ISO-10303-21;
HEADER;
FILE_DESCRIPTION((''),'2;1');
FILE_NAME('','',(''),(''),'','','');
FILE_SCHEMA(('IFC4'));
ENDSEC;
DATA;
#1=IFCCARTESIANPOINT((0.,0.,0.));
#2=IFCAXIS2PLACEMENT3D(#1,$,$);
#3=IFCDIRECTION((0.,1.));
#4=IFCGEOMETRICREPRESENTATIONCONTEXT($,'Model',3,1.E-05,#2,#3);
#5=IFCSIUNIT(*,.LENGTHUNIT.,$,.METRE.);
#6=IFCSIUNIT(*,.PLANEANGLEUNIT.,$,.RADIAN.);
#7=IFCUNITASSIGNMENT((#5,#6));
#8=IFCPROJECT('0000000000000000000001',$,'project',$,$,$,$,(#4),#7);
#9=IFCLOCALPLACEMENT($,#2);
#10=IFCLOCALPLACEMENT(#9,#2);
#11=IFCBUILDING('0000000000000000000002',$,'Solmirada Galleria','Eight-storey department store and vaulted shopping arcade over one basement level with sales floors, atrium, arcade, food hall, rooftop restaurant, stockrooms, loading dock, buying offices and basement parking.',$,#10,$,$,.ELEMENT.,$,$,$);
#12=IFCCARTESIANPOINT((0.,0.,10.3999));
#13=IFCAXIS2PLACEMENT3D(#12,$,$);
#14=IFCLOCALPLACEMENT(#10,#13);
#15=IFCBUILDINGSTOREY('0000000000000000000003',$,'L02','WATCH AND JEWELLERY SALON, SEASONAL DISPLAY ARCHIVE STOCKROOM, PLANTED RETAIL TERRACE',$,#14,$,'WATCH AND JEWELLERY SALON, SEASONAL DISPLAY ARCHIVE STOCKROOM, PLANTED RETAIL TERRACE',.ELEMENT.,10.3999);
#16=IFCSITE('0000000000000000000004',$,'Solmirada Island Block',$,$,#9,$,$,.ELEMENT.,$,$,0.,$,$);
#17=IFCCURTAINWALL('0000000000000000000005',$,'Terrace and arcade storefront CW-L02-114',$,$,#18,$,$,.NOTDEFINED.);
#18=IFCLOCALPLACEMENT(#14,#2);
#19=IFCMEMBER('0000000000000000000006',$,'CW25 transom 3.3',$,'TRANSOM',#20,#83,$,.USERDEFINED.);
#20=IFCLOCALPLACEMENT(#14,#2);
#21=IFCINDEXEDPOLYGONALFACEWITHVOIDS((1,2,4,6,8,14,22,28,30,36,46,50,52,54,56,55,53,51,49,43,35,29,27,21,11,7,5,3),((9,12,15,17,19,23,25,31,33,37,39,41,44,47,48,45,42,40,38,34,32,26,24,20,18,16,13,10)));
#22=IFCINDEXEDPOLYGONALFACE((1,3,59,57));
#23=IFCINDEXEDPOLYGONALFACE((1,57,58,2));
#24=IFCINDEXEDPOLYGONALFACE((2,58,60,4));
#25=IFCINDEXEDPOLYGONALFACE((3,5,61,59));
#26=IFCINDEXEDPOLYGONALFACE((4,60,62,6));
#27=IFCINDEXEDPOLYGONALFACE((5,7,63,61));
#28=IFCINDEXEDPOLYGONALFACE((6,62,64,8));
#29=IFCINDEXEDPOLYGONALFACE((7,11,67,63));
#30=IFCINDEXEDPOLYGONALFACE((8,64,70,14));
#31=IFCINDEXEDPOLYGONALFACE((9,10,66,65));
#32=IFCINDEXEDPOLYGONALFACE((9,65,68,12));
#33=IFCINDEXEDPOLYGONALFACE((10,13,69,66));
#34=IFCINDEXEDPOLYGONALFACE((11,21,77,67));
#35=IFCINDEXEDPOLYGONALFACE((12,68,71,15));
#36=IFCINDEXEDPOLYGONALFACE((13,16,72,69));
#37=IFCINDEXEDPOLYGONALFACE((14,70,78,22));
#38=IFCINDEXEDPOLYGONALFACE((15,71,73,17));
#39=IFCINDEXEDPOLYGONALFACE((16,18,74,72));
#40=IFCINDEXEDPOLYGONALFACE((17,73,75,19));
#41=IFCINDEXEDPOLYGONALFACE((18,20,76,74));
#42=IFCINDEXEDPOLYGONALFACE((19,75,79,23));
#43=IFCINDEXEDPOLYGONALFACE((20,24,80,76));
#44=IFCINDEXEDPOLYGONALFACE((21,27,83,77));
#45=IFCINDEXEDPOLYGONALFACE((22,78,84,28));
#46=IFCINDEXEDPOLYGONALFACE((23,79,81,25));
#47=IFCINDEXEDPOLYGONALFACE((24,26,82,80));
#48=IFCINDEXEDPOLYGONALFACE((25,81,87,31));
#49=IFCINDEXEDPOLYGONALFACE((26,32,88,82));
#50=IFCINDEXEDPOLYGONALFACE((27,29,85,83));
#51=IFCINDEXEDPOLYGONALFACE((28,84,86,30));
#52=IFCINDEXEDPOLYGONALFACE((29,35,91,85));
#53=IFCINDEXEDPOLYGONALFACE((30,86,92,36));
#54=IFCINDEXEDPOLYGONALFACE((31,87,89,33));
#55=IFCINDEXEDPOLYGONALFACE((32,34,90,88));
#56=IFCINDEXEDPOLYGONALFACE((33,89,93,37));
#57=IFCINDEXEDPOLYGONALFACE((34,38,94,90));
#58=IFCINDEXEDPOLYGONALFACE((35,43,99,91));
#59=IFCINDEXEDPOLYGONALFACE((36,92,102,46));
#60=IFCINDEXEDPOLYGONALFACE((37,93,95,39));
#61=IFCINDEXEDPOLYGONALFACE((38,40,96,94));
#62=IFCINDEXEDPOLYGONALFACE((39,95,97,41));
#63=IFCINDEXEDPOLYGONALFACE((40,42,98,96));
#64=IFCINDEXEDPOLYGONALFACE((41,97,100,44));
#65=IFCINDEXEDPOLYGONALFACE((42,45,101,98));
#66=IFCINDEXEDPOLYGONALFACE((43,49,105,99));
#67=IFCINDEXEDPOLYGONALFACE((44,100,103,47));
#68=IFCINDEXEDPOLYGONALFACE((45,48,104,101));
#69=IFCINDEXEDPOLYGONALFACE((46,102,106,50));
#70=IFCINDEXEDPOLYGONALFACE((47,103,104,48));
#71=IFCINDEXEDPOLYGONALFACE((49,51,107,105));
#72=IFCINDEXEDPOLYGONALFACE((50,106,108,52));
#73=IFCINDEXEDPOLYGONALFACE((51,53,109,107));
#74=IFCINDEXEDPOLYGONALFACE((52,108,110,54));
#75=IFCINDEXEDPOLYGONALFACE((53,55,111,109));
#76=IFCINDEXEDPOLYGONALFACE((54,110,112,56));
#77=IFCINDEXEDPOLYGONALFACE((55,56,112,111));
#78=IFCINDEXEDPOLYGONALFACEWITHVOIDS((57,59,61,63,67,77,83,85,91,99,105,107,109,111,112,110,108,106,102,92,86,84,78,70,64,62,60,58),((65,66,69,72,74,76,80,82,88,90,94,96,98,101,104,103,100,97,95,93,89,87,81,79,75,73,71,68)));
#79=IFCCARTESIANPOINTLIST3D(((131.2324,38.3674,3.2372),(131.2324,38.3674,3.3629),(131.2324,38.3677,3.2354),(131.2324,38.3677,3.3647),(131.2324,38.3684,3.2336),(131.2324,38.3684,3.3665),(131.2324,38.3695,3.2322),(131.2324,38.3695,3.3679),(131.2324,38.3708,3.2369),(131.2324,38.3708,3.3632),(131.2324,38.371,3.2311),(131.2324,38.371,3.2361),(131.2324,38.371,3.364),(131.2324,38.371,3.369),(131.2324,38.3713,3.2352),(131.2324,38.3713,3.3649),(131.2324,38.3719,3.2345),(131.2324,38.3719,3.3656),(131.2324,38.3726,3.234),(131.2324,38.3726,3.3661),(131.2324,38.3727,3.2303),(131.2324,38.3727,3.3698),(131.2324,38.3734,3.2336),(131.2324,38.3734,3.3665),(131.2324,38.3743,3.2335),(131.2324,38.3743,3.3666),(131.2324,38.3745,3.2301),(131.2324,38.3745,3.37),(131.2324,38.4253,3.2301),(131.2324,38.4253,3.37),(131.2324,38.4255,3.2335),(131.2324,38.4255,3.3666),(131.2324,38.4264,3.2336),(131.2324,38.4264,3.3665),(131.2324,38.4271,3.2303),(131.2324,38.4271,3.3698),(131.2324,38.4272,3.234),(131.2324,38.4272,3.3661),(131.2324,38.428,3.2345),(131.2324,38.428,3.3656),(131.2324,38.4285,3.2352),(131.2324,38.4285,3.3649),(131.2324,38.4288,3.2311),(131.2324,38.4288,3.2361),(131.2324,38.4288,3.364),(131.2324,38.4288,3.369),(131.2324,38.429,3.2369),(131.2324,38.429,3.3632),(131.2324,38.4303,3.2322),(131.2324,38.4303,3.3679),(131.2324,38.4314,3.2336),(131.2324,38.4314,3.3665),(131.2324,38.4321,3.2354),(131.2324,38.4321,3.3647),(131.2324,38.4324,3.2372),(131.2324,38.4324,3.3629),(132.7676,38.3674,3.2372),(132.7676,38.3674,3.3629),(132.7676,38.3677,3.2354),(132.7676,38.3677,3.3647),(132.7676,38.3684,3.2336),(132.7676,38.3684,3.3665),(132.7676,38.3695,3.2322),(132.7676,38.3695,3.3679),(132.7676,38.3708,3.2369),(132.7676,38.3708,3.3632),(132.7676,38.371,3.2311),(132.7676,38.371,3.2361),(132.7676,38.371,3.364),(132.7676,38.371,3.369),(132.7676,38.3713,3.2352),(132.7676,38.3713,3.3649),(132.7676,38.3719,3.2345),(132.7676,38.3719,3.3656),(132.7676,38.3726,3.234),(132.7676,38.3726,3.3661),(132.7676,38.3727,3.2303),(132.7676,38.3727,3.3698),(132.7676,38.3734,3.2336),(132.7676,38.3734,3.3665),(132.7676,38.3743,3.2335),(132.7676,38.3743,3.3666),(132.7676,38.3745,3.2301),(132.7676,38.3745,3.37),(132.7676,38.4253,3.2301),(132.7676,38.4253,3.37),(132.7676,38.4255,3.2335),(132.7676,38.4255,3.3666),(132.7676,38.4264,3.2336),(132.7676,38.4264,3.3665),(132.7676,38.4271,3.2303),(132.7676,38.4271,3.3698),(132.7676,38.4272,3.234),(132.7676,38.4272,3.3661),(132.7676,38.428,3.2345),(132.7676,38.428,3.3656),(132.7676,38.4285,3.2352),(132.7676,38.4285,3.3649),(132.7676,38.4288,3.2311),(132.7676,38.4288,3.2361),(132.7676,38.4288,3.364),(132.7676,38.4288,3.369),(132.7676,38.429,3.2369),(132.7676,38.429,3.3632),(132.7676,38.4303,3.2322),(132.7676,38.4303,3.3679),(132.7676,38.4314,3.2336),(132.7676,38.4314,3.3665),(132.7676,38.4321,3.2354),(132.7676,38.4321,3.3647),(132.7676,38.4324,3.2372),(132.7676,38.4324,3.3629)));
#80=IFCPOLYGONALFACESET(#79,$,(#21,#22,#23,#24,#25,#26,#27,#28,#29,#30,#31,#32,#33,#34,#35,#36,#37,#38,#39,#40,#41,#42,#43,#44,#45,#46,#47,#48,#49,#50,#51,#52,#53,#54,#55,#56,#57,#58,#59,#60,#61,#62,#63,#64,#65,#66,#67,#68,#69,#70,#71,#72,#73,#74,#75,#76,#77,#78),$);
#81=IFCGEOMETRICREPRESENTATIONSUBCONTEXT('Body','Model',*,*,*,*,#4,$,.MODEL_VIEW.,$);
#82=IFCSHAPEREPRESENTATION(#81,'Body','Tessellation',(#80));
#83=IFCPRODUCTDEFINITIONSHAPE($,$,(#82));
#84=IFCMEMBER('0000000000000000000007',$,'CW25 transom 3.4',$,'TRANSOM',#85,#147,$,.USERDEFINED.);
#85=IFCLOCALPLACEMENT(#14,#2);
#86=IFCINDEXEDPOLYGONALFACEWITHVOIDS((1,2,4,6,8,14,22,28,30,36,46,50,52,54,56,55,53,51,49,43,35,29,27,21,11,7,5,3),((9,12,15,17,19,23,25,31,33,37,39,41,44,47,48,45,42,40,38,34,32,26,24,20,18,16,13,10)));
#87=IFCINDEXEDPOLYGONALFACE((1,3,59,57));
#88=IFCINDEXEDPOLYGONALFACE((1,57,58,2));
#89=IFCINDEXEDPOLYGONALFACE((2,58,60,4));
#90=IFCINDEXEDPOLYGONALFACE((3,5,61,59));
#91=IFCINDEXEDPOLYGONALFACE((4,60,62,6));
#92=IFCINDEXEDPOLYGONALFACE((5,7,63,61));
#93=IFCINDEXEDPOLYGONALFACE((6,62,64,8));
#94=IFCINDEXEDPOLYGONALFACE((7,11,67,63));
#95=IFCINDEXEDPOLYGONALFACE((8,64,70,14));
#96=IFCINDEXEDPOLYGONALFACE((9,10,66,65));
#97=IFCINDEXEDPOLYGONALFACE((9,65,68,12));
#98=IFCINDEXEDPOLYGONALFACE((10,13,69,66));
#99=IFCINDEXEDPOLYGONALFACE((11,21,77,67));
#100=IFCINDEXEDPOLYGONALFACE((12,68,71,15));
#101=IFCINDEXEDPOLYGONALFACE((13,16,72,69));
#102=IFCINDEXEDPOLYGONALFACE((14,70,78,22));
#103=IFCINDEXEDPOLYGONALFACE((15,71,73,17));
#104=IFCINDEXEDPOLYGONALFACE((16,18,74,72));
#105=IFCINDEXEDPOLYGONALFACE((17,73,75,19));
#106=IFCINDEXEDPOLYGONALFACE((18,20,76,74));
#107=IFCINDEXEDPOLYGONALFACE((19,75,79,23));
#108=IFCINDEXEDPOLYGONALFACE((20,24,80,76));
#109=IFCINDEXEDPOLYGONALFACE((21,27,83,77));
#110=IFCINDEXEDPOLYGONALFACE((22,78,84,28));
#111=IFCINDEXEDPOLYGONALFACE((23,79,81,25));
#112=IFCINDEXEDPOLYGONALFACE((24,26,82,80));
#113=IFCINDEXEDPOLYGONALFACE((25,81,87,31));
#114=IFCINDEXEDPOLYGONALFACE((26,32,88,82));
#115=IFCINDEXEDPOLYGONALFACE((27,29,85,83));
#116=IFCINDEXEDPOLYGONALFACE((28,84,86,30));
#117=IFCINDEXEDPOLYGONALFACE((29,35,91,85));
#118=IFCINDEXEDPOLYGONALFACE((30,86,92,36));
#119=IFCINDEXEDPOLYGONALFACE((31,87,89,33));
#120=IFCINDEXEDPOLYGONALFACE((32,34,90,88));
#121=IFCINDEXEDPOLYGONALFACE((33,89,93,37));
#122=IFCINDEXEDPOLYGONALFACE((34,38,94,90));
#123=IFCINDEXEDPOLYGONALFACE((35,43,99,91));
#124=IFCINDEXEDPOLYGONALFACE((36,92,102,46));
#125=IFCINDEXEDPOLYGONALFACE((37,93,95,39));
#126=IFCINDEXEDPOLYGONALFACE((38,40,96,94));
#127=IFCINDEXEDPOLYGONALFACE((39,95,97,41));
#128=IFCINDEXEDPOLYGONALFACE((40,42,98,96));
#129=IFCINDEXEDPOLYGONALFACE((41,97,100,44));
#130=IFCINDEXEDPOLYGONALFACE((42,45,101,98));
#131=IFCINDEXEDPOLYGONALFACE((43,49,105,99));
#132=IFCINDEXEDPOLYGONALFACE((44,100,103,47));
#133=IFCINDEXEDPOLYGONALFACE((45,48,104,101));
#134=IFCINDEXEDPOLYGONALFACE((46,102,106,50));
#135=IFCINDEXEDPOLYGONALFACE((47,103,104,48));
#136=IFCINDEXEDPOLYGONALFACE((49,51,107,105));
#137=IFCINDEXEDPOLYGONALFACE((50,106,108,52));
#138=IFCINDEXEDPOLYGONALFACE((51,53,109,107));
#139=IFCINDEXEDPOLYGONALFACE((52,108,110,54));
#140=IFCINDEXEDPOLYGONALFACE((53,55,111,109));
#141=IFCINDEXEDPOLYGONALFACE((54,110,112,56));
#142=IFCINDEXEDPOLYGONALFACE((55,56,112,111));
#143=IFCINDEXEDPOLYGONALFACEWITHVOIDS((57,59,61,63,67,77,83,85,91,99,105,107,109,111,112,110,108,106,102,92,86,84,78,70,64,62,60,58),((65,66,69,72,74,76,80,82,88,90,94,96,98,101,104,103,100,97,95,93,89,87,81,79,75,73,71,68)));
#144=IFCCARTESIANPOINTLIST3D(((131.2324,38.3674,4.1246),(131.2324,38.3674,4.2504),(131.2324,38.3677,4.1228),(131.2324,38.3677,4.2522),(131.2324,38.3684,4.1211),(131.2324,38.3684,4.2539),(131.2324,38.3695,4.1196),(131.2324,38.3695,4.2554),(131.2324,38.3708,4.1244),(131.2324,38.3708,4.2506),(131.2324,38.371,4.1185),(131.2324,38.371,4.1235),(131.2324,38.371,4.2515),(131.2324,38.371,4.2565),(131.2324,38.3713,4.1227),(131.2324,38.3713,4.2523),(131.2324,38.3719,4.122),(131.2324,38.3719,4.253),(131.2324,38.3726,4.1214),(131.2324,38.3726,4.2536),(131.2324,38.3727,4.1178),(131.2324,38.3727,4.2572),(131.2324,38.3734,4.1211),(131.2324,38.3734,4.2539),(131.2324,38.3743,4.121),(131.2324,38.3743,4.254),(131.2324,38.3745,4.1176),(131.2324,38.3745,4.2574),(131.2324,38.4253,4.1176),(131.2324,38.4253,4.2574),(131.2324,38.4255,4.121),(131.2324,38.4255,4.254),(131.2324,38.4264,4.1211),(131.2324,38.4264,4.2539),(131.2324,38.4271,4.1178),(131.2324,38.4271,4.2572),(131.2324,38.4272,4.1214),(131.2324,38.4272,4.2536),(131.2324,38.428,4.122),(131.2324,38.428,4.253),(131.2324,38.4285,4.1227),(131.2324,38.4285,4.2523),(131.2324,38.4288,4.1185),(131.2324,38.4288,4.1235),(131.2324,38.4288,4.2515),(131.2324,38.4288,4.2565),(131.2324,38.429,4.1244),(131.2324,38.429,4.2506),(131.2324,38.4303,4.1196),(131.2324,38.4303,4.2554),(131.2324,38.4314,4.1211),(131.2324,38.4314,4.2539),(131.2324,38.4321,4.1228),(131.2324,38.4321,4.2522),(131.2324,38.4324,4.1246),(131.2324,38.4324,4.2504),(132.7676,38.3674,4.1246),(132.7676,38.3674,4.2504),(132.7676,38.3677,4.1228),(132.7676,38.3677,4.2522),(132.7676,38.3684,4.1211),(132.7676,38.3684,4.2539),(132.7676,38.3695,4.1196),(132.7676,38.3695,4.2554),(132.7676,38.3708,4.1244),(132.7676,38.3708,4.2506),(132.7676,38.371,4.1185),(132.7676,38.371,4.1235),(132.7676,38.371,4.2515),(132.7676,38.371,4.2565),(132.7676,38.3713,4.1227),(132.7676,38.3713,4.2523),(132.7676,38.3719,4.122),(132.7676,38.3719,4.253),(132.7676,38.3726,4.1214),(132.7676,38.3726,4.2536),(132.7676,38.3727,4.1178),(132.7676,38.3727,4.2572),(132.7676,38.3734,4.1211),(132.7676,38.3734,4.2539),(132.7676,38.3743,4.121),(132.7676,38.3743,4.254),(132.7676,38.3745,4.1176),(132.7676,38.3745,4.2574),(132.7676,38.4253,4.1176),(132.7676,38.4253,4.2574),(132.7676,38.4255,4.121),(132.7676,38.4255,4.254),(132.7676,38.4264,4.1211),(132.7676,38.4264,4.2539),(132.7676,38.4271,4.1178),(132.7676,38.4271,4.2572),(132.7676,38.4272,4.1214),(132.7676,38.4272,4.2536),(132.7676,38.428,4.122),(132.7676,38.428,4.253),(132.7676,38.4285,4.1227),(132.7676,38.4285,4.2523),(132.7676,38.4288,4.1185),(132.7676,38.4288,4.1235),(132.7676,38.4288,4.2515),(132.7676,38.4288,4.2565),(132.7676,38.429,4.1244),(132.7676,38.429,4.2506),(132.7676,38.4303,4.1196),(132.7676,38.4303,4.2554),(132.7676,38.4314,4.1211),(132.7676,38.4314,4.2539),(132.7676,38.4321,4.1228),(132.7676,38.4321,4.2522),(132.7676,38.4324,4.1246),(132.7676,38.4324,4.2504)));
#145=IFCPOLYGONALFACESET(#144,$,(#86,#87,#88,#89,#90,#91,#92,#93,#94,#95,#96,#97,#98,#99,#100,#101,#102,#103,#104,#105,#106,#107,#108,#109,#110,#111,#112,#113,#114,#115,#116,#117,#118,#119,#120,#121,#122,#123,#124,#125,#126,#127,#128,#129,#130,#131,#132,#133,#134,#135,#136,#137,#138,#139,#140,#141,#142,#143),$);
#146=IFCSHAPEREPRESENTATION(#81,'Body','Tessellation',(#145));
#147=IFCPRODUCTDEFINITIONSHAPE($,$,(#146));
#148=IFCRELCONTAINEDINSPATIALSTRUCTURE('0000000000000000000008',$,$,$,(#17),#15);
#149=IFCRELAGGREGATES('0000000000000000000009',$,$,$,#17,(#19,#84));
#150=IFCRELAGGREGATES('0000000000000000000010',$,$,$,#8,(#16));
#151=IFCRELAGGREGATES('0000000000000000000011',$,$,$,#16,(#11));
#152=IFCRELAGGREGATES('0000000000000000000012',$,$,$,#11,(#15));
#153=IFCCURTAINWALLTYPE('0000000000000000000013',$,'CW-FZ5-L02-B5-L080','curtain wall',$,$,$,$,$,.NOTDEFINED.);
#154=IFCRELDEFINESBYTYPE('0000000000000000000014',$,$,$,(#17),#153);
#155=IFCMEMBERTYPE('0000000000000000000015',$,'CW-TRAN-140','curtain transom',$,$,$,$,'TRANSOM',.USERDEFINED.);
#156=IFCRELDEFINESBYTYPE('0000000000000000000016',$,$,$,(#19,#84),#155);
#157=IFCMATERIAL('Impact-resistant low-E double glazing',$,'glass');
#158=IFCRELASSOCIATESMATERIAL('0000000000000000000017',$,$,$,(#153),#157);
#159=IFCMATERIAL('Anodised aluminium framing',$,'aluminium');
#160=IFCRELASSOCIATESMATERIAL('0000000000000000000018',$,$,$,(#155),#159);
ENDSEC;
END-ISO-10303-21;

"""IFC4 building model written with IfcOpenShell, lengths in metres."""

from ifc_helpers import new_model, si_unit, direction, frame, origin, origin_2d, place, context, subcontext, project, spatial, hollow_rectangle, extrude, material, material_profile, profile_set, type_object, element, aggregate, save


model = new_model("IFC4")

# Units and contexts
model_context = context("Model", 3, precision=1e-05, world=origin(), true_north=direction((0.0, 1.0)))
body_context = subcontext(model_context, "Body", "Model", "MODEL_VIEW")
ifc_project = project(units=[si_unit("LENGTHUNIT", "METRE"), si_unit("PLANEANGLEUNIT", "RADIAN")], contexts=[model_context])

# Site, building, storey
site_placement = place(None, origin())
site = spatial("IfcSite", under=ifc_project, at=site_placement, Name="Solmirada Island Block", CompositionType="ELEMENT", RefElevation=0.0)
building_placement = place(site_placement, origin())
building = spatial("IfcBuilding", under=site, at=building_placement, Name="Solmirada Galleria", Description="Eight-storey department store and vaulted shopping arcade over one basement level with sales floors, atrium, arcade, food hall, rooftop restaurant, stockrooms, loading dock, buying offices and basement parking.", CompositionType="ELEMENT")
storey_placement = place(building_placement, frame((0.0, 0.0, 10.3999)))
storey = spatial("IfcBuildingStorey", under=building, at=storey_placement, Name="L02", Description="WATCH AND JEWELLERY SALON, SEASONAL DISPLAY ARCHIVE STOCKROOM, PLANTED RETAIL TERRACE", LongName="WATCH AND JEWELLERY SALON, SEASONAL DISPLAY ARCHIVE STOCKROOM, PLANTED RETAIL TERRACE", CompositionType="ELEMENT", Elevation=10.3999)

# Shared definitions
ifc_material_1 = material(Name="Impact-resistant low-E double glazing", Category="glass")
curtain_wall_type = type_object("IfcCurtainWallType", Name="CW-FZ5-L02-B5-L080", Description="curtain wall", PredefinedType="NOTDEFINED", material=ifc_material_1)
ifc_material_2 = material(Name="Anodised aluminium framing", Category="aluminium")

# Curtain wall
curtain_wall_1_placement = place(storey_placement, origin())
curtain_wall_1 = element("IfcCurtainWall", 1, at=curtain_wall_1_placement, inside=storey, type_object=curtain_wall_type, Name="Terrace and arcade storefront CW-L02-114", PredefinedType="NOTDEFINED")

# Members
ifc_material_profile_1 = material_profile(ifc_material_2, hollow_rectangle(XDim=0.0649, YDim=0.1399, WallThickness=0.0034, InnerFilletRadius=0.0034, OuterFilletRadius=0.0071, at=origin_2d()), Name="ALU-TRAN-140X65")
ifc_profile_set_1 = profile_set([ifc_material_profile_1], Name="Anodised aluminium framing")
member_type_1 = type_object("IfcMemberType", Name="CW-TRAN-140", Description="curtain transom", ElementType="TRANSOM", PredefinedType="USERDEFINED", material=ifc_profile_set_1)
member_1_placement = place(storey_placement, frame((131.2324, 38.3999, 3.3), z_axis=(1.0, 0.0, 0.0), x_axis=(0.0, 1.0, 0.0)))
member_1 = element("IfcMember", 2, at=member_1_placement, type_object=member_type_1, Name="CW25 transom 3.3", ObjectType="TRANSOM", PredefinedType="USERDEFINED", context=body_context, shape_type="SweptSolid", body=[
    extrude(hollow_rectangle(XDim=0.0649, YDim=0.1399, WallThickness=0.0034, InnerFilletRadius=0.0034, OuterFilletRadius=0.0071, at=origin_2d()), origin(), (0.0, 0.0, 1.0), 1.5352),
])
member_2_placement = place(storey_placement, frame((131.2324, 38.3999, 4.1875), z_axis=(1.0, 0.0, 0.0), x_axis=(0.0, 1.0, 0.0)))
member_2 = element("IfcMember", 3, at=member_2_placement, type_object=member_type_1, Name="CW25 transom 3.4", ObjectType="TRANSOM", PredefinedType="USERDEFINED", context=body_context, shape_type="SweptSolid", body=[
    extrude(hollow_rectangle(XDim=0.0649, YDim=0.1399, WallThickness=0.0034, InnerFilletRadius=0.0034, OuterFilletRadius=0.0071, at=origin_2d()), origin(), (0.0, 0.0, 1.0), 1.5352),
])

aggregate(curtain_wall_1, [member_1, member_2])

save(model, "model.ifc")
